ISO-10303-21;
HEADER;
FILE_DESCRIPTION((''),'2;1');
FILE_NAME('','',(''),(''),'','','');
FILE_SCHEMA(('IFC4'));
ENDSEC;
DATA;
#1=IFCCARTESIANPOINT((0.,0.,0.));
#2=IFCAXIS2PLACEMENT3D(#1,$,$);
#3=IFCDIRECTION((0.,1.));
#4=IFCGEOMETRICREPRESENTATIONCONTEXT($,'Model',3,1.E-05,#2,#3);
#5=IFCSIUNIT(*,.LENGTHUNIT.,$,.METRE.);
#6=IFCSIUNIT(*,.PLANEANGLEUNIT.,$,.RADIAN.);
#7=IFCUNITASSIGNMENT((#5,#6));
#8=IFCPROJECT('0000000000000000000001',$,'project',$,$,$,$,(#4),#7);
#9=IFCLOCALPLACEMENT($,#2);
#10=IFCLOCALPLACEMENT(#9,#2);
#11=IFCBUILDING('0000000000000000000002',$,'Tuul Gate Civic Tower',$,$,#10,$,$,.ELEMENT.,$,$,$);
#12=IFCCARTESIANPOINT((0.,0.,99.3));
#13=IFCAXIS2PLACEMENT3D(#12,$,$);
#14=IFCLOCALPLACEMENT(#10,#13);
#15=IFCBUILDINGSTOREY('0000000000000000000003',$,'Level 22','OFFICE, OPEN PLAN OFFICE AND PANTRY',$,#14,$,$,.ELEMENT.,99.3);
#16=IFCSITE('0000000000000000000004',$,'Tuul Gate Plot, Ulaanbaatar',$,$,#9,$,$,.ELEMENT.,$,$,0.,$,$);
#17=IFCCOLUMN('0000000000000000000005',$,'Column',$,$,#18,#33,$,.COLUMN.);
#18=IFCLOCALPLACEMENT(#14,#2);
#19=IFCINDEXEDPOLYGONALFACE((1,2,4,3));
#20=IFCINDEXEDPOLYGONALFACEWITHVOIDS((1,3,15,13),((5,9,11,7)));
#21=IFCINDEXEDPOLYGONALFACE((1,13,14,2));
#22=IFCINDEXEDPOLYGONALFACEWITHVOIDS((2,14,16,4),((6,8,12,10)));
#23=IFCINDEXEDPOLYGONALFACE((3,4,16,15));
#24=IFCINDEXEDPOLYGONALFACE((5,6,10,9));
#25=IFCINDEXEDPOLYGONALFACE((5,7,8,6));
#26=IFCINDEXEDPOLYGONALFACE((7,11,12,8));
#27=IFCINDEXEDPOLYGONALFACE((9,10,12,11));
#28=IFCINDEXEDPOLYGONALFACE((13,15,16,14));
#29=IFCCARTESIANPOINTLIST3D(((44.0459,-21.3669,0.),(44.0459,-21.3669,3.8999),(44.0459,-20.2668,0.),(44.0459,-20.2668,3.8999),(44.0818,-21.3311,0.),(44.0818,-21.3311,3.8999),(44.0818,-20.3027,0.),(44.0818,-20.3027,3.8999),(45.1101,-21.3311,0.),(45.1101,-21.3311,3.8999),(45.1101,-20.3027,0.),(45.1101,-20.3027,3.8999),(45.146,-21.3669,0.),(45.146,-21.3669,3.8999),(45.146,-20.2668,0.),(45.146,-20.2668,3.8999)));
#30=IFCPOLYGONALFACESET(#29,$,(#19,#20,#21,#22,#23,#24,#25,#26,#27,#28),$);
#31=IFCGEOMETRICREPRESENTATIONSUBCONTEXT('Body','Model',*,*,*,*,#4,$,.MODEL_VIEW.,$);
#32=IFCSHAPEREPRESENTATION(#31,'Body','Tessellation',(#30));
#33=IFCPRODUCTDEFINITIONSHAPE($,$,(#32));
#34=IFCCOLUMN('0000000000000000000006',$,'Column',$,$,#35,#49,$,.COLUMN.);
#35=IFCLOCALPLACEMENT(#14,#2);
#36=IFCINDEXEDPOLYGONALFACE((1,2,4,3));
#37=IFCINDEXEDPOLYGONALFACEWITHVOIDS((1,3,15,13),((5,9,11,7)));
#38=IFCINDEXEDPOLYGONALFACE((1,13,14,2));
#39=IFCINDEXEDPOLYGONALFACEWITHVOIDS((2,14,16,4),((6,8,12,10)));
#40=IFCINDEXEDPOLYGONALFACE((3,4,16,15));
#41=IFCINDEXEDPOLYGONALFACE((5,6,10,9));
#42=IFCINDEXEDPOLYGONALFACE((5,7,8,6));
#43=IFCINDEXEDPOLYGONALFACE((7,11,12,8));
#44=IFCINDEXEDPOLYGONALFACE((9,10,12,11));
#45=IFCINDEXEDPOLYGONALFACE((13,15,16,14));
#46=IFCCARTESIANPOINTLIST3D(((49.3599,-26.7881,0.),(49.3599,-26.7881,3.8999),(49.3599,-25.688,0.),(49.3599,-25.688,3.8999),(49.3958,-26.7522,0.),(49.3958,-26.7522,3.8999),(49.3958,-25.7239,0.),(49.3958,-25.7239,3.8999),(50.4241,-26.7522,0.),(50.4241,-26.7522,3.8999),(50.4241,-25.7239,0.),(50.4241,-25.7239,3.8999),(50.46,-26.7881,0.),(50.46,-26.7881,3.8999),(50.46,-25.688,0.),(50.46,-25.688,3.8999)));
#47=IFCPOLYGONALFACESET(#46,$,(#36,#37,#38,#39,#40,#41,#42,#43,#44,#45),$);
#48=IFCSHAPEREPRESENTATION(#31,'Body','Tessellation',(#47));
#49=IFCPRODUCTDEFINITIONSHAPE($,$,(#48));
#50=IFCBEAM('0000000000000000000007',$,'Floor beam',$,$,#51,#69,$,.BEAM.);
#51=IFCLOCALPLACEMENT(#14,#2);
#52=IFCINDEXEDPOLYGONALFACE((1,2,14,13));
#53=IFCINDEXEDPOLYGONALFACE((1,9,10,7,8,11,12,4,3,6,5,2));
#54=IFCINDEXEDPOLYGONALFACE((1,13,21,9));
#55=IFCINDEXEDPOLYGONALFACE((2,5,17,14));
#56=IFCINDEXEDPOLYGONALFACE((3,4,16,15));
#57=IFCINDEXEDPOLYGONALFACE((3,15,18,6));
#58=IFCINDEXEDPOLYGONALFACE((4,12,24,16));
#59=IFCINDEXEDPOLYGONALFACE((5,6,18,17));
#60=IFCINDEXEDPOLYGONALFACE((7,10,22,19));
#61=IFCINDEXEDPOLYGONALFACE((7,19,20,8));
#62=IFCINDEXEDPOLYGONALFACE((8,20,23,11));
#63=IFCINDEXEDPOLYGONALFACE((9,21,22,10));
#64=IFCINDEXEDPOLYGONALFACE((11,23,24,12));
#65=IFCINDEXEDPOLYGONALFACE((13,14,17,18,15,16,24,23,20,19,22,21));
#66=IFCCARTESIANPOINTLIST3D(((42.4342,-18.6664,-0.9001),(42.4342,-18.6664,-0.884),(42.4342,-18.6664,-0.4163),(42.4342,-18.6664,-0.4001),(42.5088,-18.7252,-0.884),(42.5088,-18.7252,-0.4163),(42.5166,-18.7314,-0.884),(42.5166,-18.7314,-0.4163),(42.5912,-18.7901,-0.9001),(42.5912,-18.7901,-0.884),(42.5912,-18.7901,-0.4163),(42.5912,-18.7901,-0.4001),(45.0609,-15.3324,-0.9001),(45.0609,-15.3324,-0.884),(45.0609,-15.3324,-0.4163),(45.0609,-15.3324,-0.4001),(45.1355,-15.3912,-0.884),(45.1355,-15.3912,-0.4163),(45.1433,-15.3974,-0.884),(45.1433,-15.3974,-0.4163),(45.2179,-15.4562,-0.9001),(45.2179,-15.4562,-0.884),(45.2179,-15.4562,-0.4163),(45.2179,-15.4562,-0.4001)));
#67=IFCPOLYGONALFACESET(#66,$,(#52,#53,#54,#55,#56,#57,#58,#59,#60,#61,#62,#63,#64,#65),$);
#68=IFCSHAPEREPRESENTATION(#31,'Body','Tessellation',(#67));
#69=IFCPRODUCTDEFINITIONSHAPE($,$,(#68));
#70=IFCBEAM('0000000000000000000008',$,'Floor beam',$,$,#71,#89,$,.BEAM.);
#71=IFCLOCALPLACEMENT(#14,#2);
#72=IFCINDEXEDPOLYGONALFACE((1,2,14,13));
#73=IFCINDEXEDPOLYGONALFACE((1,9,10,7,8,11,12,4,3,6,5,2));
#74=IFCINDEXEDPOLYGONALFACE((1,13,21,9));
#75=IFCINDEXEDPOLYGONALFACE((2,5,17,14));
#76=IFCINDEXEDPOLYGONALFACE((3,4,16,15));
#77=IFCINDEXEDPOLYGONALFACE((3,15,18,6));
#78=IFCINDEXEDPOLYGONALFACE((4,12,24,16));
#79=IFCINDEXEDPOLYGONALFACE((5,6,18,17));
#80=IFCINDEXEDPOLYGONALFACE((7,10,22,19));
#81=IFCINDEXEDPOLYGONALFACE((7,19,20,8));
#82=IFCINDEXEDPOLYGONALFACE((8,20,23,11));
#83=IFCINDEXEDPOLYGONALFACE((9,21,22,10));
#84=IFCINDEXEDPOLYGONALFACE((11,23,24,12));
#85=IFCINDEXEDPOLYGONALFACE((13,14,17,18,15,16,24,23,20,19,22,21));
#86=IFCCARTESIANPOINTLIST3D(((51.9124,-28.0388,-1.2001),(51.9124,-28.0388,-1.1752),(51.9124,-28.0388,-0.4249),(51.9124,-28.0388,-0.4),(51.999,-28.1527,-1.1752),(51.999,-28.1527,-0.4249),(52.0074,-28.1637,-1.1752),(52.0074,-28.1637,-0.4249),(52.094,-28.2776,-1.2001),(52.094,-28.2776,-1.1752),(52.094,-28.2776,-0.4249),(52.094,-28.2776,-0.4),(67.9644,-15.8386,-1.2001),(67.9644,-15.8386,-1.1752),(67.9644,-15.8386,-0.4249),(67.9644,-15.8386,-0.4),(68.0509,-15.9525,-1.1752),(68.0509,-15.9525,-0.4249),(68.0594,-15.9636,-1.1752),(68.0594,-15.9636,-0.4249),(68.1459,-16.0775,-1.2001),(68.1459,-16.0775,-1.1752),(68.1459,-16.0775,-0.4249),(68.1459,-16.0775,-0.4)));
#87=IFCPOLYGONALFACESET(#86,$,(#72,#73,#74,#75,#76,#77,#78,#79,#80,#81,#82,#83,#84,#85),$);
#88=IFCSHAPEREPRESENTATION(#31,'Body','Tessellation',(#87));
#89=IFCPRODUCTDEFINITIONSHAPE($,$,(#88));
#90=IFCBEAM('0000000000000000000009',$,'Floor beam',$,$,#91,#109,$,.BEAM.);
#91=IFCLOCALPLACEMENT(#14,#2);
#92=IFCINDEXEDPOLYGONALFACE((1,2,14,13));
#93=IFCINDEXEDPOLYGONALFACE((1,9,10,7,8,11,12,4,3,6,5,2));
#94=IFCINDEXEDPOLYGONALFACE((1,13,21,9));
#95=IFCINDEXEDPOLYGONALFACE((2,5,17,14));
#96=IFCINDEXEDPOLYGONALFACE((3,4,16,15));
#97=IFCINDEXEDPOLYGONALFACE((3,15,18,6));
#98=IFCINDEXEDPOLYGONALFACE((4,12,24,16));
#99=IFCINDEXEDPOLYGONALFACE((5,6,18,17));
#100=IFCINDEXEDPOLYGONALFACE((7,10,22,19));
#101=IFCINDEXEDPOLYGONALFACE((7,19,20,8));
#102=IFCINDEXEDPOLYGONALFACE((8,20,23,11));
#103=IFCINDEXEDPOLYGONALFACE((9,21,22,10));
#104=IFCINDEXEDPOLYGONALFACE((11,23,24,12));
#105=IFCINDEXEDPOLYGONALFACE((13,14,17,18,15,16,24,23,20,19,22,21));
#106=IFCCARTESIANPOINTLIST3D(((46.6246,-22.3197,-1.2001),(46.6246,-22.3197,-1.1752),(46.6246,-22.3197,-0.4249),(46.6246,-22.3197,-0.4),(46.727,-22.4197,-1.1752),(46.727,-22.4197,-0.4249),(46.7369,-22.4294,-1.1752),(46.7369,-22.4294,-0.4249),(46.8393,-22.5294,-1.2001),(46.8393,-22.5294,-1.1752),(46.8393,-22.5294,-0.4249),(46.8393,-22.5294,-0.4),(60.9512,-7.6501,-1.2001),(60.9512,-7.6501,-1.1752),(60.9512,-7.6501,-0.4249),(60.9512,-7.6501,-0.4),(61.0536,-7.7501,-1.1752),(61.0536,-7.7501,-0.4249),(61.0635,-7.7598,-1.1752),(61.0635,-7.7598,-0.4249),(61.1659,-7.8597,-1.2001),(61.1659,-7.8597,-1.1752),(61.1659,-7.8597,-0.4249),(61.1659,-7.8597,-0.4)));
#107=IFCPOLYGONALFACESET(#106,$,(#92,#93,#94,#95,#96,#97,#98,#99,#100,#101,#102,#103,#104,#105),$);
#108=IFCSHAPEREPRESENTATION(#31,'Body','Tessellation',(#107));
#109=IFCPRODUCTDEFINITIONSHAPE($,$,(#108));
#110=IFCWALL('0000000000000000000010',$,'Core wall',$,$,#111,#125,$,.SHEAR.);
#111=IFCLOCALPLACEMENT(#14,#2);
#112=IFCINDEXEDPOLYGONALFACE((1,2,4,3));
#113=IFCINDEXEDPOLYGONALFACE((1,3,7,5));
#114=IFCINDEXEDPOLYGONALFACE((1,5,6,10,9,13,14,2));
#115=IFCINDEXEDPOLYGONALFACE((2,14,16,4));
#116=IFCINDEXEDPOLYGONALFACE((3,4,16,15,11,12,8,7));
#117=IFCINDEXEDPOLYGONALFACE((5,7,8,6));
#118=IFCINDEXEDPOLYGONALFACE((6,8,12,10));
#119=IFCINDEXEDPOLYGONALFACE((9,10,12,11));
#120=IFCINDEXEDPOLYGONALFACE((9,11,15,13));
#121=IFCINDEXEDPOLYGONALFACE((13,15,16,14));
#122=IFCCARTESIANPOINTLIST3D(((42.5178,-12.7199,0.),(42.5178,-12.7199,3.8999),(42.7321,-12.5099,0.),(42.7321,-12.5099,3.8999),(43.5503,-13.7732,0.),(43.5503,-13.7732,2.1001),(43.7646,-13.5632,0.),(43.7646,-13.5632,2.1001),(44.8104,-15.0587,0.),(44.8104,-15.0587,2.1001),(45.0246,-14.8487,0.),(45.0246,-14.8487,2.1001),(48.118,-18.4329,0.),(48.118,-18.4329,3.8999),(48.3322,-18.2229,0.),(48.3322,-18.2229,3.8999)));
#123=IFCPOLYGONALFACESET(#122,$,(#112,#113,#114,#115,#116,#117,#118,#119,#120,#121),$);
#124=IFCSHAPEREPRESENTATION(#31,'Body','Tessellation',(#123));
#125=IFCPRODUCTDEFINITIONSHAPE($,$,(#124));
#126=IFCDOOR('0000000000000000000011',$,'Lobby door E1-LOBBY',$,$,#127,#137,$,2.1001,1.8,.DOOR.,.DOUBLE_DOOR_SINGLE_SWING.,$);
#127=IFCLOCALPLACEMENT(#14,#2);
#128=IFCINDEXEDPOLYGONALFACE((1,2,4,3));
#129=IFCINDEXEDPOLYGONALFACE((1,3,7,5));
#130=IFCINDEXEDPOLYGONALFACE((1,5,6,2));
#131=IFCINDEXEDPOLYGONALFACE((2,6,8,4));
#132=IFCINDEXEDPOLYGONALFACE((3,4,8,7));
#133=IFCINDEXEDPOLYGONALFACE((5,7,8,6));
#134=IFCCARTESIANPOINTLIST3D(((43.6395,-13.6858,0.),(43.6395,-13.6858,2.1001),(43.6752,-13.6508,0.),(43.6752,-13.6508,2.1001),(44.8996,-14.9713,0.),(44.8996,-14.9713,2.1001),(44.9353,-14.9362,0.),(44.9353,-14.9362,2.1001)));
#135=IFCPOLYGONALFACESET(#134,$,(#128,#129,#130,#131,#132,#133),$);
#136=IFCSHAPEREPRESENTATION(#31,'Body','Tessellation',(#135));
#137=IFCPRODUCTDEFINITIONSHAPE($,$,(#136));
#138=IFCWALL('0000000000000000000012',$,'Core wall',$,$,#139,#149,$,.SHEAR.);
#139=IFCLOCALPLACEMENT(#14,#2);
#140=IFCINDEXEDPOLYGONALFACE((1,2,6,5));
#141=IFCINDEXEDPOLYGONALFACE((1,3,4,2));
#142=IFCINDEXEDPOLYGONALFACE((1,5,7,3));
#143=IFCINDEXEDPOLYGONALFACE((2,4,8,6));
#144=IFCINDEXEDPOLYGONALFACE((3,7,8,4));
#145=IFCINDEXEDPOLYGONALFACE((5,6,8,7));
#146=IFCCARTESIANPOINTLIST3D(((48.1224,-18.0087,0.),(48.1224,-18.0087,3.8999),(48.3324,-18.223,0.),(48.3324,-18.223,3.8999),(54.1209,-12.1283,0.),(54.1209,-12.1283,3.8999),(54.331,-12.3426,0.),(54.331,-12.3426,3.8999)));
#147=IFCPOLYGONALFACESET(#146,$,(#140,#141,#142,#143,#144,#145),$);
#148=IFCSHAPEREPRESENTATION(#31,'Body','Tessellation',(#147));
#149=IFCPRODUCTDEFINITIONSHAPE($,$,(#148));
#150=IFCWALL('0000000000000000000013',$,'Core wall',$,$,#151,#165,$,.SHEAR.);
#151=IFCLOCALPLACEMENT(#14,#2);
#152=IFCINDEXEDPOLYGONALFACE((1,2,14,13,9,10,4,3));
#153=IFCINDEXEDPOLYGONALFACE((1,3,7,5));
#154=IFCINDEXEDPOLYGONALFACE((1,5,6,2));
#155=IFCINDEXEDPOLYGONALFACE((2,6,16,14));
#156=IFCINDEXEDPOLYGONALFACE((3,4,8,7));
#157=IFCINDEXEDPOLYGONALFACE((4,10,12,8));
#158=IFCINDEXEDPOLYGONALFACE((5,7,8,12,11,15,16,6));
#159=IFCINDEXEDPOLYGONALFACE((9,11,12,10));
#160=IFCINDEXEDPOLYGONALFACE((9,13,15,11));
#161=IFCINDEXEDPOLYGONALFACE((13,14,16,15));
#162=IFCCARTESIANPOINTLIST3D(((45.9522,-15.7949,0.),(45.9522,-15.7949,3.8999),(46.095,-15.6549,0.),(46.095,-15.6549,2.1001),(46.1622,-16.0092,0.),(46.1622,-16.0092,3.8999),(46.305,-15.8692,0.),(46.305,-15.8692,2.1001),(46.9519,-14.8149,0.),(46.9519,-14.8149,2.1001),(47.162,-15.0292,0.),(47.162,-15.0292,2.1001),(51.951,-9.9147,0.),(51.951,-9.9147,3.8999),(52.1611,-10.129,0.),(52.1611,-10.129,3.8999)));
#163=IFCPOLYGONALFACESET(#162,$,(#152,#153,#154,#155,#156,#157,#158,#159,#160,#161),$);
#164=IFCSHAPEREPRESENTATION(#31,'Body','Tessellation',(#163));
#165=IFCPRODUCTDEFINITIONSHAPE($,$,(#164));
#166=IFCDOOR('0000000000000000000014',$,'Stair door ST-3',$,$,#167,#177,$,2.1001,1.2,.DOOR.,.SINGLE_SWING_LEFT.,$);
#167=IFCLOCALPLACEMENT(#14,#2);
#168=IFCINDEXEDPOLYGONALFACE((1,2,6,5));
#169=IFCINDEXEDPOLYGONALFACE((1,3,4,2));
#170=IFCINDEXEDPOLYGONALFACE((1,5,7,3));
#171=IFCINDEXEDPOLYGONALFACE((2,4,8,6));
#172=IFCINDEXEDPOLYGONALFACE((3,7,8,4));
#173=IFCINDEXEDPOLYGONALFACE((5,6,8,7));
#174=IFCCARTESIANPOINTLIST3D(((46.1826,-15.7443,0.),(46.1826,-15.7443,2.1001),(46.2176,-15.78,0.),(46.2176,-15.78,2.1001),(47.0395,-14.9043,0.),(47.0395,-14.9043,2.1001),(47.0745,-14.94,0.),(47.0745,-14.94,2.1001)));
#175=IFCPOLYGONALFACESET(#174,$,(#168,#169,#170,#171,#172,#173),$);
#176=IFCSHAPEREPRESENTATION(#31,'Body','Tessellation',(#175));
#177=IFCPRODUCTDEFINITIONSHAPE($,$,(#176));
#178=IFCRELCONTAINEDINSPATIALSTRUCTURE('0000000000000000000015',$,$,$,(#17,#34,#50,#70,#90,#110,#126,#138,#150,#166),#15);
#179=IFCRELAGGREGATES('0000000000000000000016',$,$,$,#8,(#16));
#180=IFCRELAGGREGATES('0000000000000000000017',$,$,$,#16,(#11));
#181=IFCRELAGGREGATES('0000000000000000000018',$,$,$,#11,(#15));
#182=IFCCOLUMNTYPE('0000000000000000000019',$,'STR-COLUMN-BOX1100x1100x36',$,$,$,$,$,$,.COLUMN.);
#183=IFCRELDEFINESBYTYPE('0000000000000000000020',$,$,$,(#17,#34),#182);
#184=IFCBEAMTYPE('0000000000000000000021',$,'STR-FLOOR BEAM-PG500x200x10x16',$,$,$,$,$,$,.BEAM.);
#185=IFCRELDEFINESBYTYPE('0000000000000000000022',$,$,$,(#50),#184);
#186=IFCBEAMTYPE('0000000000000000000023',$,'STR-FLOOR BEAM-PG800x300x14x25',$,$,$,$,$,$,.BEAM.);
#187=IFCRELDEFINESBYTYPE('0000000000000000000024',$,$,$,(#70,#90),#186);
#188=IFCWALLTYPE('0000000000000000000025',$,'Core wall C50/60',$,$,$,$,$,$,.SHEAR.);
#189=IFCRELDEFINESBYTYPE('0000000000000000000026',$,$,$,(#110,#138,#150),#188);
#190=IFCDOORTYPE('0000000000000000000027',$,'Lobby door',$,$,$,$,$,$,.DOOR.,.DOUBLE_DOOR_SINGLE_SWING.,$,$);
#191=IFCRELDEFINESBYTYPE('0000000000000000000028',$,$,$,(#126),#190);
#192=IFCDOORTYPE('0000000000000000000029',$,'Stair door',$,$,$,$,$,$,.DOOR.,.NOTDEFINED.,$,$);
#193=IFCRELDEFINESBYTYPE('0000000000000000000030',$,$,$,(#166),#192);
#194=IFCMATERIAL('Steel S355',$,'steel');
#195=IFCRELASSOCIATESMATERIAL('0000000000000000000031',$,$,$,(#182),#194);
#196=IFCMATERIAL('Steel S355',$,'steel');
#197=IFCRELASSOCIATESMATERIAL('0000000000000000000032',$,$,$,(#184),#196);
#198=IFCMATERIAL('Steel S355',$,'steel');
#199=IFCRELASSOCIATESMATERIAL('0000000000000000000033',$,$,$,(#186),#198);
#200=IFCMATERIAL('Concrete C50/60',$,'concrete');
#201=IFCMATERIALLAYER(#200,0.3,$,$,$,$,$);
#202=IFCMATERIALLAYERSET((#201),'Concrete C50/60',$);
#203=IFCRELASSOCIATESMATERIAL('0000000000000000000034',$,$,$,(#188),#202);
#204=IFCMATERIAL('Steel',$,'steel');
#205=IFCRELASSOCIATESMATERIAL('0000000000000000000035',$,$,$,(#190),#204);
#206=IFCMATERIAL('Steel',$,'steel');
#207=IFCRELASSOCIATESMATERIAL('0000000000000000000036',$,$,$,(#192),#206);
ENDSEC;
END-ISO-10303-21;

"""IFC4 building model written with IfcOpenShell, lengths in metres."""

from ifc_helpers import new_model, si_unit, direction, frame, frame_2d, origin, origin_2d, place, context, subcontext, project, spatial, rectangle, hollow_rectangle, i_section, extrude, material, layer, layer_set, material_profile, profile_set, type_object, element, fill, save


model = new_model("IFC4")

# Units and contexts
model_context = context("Model", 3, precision=1e-05, world=origin(), true_north=direction((0.0, 1.0)))
body_context = subcontext(model_context, "Body", "Model", "MODEL_VIEW")
ifc_project = project(units=[si_unit("LENGTHUNIT", "METRE"), si_unit("PLANEANGLEUNIT", "RADIAN")], contexts=[model_context])

# Site, building, storey
site_placement = place(None, origin())
site = spatial("IfcSite", under=ifc_project, at=site_placement, Name="Tuul Gate Plot, Ulaanbaatar", CompositionType="ELEMENT", RefElevation=0.0)
building_placement = place(site_placement, origin())
building = spatial("IfcBuilding", under=site, at=building_placement, Name="Tuul Gate Civic Tower", CompositionType="ELEMENT")
storey_placement = place(building_placement, frame((0.0, 0.0, 99.3)))
storey = spatial("IfcBuildingStorey", under=building, at=storey_placement, Name="Level 22", Description="OFFICE, OPEN PLAN OFFICE AND PANTRY", CompositionType="ELEMENT", Elevation=99.3)

# Columns
ifc_material_1 = material(Name="Steel S355", Category="steel")
ifc_material_profile_1 = material_profile(ifc_material_1, hollow_rectangle(XDim=1.1001, YDim=1.1001, WallThickness=0.0359, at=origin_2d()), Name="BOX1100x1100x36")
ifc_profile_set_1 = profile_set([ifc_material_profile_1], Name="Steel S355")
column_type = type_object("IfcColumnType", Name="STR-COLUMN-BOX1100x1100x36", PredefinedType="COLUMN", material=ifc_profile_set_1)
for number, where, z_axis, x_axis, name in (
    (1, (44.5959, -20.8169, 0.0), (0.0, 0.0, 1.0), (1.0, 0.0, 0.0), "Column"),
    (2, (49.9099, -26.238, 0.0), (0.0, 0.0, 1.0), (1.0, 0.0, 0.0), "Column"),
):
    element("IfcColumn", number, at=place(storey_placement, frame(where, z_axis=z_axis, x_axis=x_axis)), inside=storey, type_object=column_type, Name=name, PredefinedType="COLUMN", context=body_context, shape_type="SweptSolid", body=[
        extrude(hollow_rectangle(XDim=1.1001, YDim=1.1001, WallThickness=0.0359, at=origin_2d()), origin(), (0.0, 0.0, 1.0), 3.8999),
    ])

# Beams
ifc_material_2 = material(Name="Steel S355", Category="steel")
ifc_material_profile_2 = material_profile(ifc_material_2, i_section(OverallWidth=0.2, OverallDepth=0.5, WebThickness=0.01, FlangeThickness=0.0161, at=origin_2d()), Name="PG500x200x10x16")
ifc_profile_set_2 = profile_set([ifc_material_profile_2], Name="Steel S355")
beam_type_1 = type_object("IfcBeamType", Name="STR-FLOOR BEAM-PG500x200x10x16", PredefinedType="BEAM", material=ifc_profile_set_2)
beam_1_placement = place(storey_placement, frame((42.5127, -18.7283, -0.6501), z_axis=(0.618863, 0.785499, 0.0), x_axis=(-0.785499, 0.618863, 0.0)))
element("IfcBeam", 3, at=beam_1_placement, inside=storey, type_object=beam_type_1, Name="Floor beam", PredefinedType="BEAM", context=body_context, shape_type="SweptSolid", body=[
    extrude(i_section(OverallWidth=0.2, OverallDepth=0.5, WebThickness=0.01, FlangeThickness=0.0161, at=origin_2d()), origin(), (0.0, 0.0, 1.0), 4.2444),
])
ifc_material_3 = material(Name="Steel S355", Category="steel")
ifc_material_profile_3 = material_profile(ifc_material_3, i_section(OverallWidth=0.3, OverallDepth=0.8, WebThickness=0.0139, FlangeThickness=0.0249, at=origin_2d()), Name="PG800x300x14x25")
ifc_profile_set_3 = profile_set([ifc_material_profile_3], Name="Steel S355")
beam_type_2 = type_object("IfcBeamType", Name="STR-FLOOR BEAM-PG800x300x14x25", PredefinedType="BEAM", material=ifc_profile_set_3)
beam_2_placement = place(storey_placement, frame((52.0032, -28.1582, -0.8), z_axis=(0.796146, 0.605104, 0.0), x_axis=(-0.605104, 0.796146, 0.0)))
element("IfcBeam", 4, at=beam_2_placement, inside=storey, type_object=beam_type_2, Name="Floor beam", PredefinedType="BEAM", context=body_context, shape_type="SweptSolid", body=[
    extrude(i_section(OverallWidth=0.3, OverallDepth=0.8, WebThickness=0.0139, FlangeThickness=0.0249, at=origin_2d()), origin(), (0.0, 0.0, 1.0), 20.1621),
])
beam_3_placement = place(storey_placement, frame((46.7319, -22.4246, -0.8), z_axis=(0.698693, 0.715422, 0.0), x_axis=(-0.715422, 0.698693, 0.0)))
element("IfcBeam", 5, at=beam_3_placement, inside=storey, type_object=beam_type_2, Name="Floor beam", PredefinedType="BEAM", context=body_context, shape_type="SweptSolid", body=[
    extrude(i_section(OverallWidth=0.3, OverallDepth=0.8, WebThickness=0.0139, FlangeThickness=0.0249, at=origin_2d()), origin(), (0.0, 0.0, 1.0), 20.5049),
])

# Wall, opening, door
ifc_material_4 = material(Name="Concrete C50/60", Category="concrete")
ifc_layer_1 = layer(ifc_material_4, 0.3)
ifc_layer_set_1 = layer_set([ifc_layer_1], Name="Concrete C50/60")
wall_type_1 = type_object("IfcWallType", Name="Core wall C50/60", PredefinedType="SHEAR", material=ifc_layer_set_1)
wall_1_placement = place(storey_placement, frame((48.2251, -18.3279, 0.0), z_axis=(0.0, 0.0, 1.0), x_axis=(-0.700022, 0.714121, 0.0)))
wall_1 = element("IfcWall", 6, at=wall_1_placement, inside=storey, type_object=wall_type_1, Name="Core wall", PredefinedType="SHEAR", context=body_context, shape_type="SweptSolid", body=[
    extrude(rectangle(XDim=8.0, YDim=0.3, at=frame_2d((4.0, 0.0))), origin(), (0.0, 0.0, 1.0), 3.8999),
])
opening_1_placement = place(wall_1_placement, frame((4.7251, 0.0, 0.0)))
opening_1 = element("IfcOpeningElement", 7, at=opening_1_placement, cuts=wall_1, PredefinedType="OPENING", context=body_context, shape_type="SweptSolid", body=[
    extrude(rectangle(XDim=1.8, YDim=2.1001, at=frame_2d((0.8999, 1.05))), frame((0.0, 0.1602, 0.0), z_axis=(0.0, -1.0, 0.0), x_axis=(1.0, 0.0, 0.0)), (0.0, 0.0, 1.0), 0.3201),
])
ifc_material_5 = material(Name="Steel", Category="steel")
door_type_1 = type_object("IfcDoorType", Name="Lobby door", OperationType="DOUBLE_DOOR_SINGLE_SWING", PredefinedType="DOOR", material=ifc_material_5)
door_1_placement = place(opening_1_placement, frame((1.8, 0.0, 0.0), z_axis=(0.0, 0.0, 1.0), x_axis=(-1.0, 0.0, 0.0)))
door_1 = element("IfcDoor", 8, at=door_1_placement, inside=storey, type_object=door_type_1, Name="Lobby door E1-LOBBY", OperationType="DOUBLE_DOOR_SINGLE_SWING", OverallHeight=2.1001, OverallWidth=1.8, PredefinedType="DOOR", context=body_context, shape_type="SweptSolid", body=[
    extrude(rectangle(XDim=1.8, YDim=2.1001, at=frame_2d((0.9001, 1.05))), frame((0.0, 0.0249, 0.0), z_axis=(0.0, -1.0, 0.0), x_axis=(1.0, 0.0, 0.0)), (0.0, 0.0, 1.0), 0.05),
])
fill(opening_1, door_1)

# Wall
wall_2_placement = place(storey_placement, frame((48.2273, -18.116, 0.0), z_axis=(0.0, 0.0, 1.0), x_axis=(0.714105, 0.700038, 0.0)))
element("IfcWall", 9, at=wall_2_placement, inside=storey, type_object=wall_type_1, Name="Core wall", PredefinedType="SHEAR", context=body_context, shape_type="SweptSolid", body=[
    extrude(rectangle(XDim=8.4001, YDim=0.3, at=frame_2d((4.2002, 0.0))), origin(), (0.0, 0.0, 1.0), 3.8999),
])

# Wall, opening, door
wall_3_placement = place(storey_placement, frame((46.0571, -15.9021, 0.0), z_axis=(0.0, 0.0, 1.0), x_axis=(0.714134, 0.700009, 0.0)))
wall_3 = element("IfcWall", 10, at=wall_3_placement, inside=storey, type_object=wall_type_1, Name="Core wall", PredefinedType="SHEAR", context=body_context, shape_type="SweptSolid", body=[
    extrude(rectangle(XDim=8.4001, YDim=0.3, at=frame_2d((4.2002, 0.0))), origin(), (0.0, 0.0, 1.0), 3.8999),
])
opening_2_placement = place(wall_3_placement, frame((0.2, 0.0, 0.0)))
opening_2 = element("IfcOpeningElement", 11, at=opening_2_placement, cuts=wall_3, PredefinedType="OPENING", context=body_context, shape_type="SweptSolid", body=[
    extrude(rectangle(XDim=1.2, YDim=2.1001, at=frame_2d((0.6001, 1.05))), frame((0.0, 0.1602, 0.0), z_axis=(0.0, -1.0, 0.0), x_axis=(1.0, 0.0, 0.0)), (0.0, 0.0, 1.0), 0.3201),
])
ifc_material_6 = material(Name="Steel", Category="steel")
door_type_2 = type_object("IfcDoorType", Name="Stair door", OperationType="NOTDEFINED", PredefinedType="DOOR", material=ifc_material_6)
door_2_placement = place(opening_2_placement, origin())
door_2 = element("IfcDoor", 12, at=door_2_placement, inside=storey, type_object=door_type_2, Name="Stair door ST-3", OperationType="SINGLE_SWING_LEFT", OverallHeight=2.1001, OverallWidth=1.2, PredefinedType="DOOR", context=body_context, shape_type="SweptSolid", body=[
    extrude(rectangle(XDim=1.2, YDim=2.1001, at=frame_2d((0.6001, 1.05))), frame((0.0, 0.0249, 0.0), z_axis=(0.0, -1.0, 0.0), x_axis=(1.0, 0.0, 0.0)), (0.0, 0.0, 1.0), 0.05),
])
fill(opening_2, door_2)

save(model, "model.ifc")
